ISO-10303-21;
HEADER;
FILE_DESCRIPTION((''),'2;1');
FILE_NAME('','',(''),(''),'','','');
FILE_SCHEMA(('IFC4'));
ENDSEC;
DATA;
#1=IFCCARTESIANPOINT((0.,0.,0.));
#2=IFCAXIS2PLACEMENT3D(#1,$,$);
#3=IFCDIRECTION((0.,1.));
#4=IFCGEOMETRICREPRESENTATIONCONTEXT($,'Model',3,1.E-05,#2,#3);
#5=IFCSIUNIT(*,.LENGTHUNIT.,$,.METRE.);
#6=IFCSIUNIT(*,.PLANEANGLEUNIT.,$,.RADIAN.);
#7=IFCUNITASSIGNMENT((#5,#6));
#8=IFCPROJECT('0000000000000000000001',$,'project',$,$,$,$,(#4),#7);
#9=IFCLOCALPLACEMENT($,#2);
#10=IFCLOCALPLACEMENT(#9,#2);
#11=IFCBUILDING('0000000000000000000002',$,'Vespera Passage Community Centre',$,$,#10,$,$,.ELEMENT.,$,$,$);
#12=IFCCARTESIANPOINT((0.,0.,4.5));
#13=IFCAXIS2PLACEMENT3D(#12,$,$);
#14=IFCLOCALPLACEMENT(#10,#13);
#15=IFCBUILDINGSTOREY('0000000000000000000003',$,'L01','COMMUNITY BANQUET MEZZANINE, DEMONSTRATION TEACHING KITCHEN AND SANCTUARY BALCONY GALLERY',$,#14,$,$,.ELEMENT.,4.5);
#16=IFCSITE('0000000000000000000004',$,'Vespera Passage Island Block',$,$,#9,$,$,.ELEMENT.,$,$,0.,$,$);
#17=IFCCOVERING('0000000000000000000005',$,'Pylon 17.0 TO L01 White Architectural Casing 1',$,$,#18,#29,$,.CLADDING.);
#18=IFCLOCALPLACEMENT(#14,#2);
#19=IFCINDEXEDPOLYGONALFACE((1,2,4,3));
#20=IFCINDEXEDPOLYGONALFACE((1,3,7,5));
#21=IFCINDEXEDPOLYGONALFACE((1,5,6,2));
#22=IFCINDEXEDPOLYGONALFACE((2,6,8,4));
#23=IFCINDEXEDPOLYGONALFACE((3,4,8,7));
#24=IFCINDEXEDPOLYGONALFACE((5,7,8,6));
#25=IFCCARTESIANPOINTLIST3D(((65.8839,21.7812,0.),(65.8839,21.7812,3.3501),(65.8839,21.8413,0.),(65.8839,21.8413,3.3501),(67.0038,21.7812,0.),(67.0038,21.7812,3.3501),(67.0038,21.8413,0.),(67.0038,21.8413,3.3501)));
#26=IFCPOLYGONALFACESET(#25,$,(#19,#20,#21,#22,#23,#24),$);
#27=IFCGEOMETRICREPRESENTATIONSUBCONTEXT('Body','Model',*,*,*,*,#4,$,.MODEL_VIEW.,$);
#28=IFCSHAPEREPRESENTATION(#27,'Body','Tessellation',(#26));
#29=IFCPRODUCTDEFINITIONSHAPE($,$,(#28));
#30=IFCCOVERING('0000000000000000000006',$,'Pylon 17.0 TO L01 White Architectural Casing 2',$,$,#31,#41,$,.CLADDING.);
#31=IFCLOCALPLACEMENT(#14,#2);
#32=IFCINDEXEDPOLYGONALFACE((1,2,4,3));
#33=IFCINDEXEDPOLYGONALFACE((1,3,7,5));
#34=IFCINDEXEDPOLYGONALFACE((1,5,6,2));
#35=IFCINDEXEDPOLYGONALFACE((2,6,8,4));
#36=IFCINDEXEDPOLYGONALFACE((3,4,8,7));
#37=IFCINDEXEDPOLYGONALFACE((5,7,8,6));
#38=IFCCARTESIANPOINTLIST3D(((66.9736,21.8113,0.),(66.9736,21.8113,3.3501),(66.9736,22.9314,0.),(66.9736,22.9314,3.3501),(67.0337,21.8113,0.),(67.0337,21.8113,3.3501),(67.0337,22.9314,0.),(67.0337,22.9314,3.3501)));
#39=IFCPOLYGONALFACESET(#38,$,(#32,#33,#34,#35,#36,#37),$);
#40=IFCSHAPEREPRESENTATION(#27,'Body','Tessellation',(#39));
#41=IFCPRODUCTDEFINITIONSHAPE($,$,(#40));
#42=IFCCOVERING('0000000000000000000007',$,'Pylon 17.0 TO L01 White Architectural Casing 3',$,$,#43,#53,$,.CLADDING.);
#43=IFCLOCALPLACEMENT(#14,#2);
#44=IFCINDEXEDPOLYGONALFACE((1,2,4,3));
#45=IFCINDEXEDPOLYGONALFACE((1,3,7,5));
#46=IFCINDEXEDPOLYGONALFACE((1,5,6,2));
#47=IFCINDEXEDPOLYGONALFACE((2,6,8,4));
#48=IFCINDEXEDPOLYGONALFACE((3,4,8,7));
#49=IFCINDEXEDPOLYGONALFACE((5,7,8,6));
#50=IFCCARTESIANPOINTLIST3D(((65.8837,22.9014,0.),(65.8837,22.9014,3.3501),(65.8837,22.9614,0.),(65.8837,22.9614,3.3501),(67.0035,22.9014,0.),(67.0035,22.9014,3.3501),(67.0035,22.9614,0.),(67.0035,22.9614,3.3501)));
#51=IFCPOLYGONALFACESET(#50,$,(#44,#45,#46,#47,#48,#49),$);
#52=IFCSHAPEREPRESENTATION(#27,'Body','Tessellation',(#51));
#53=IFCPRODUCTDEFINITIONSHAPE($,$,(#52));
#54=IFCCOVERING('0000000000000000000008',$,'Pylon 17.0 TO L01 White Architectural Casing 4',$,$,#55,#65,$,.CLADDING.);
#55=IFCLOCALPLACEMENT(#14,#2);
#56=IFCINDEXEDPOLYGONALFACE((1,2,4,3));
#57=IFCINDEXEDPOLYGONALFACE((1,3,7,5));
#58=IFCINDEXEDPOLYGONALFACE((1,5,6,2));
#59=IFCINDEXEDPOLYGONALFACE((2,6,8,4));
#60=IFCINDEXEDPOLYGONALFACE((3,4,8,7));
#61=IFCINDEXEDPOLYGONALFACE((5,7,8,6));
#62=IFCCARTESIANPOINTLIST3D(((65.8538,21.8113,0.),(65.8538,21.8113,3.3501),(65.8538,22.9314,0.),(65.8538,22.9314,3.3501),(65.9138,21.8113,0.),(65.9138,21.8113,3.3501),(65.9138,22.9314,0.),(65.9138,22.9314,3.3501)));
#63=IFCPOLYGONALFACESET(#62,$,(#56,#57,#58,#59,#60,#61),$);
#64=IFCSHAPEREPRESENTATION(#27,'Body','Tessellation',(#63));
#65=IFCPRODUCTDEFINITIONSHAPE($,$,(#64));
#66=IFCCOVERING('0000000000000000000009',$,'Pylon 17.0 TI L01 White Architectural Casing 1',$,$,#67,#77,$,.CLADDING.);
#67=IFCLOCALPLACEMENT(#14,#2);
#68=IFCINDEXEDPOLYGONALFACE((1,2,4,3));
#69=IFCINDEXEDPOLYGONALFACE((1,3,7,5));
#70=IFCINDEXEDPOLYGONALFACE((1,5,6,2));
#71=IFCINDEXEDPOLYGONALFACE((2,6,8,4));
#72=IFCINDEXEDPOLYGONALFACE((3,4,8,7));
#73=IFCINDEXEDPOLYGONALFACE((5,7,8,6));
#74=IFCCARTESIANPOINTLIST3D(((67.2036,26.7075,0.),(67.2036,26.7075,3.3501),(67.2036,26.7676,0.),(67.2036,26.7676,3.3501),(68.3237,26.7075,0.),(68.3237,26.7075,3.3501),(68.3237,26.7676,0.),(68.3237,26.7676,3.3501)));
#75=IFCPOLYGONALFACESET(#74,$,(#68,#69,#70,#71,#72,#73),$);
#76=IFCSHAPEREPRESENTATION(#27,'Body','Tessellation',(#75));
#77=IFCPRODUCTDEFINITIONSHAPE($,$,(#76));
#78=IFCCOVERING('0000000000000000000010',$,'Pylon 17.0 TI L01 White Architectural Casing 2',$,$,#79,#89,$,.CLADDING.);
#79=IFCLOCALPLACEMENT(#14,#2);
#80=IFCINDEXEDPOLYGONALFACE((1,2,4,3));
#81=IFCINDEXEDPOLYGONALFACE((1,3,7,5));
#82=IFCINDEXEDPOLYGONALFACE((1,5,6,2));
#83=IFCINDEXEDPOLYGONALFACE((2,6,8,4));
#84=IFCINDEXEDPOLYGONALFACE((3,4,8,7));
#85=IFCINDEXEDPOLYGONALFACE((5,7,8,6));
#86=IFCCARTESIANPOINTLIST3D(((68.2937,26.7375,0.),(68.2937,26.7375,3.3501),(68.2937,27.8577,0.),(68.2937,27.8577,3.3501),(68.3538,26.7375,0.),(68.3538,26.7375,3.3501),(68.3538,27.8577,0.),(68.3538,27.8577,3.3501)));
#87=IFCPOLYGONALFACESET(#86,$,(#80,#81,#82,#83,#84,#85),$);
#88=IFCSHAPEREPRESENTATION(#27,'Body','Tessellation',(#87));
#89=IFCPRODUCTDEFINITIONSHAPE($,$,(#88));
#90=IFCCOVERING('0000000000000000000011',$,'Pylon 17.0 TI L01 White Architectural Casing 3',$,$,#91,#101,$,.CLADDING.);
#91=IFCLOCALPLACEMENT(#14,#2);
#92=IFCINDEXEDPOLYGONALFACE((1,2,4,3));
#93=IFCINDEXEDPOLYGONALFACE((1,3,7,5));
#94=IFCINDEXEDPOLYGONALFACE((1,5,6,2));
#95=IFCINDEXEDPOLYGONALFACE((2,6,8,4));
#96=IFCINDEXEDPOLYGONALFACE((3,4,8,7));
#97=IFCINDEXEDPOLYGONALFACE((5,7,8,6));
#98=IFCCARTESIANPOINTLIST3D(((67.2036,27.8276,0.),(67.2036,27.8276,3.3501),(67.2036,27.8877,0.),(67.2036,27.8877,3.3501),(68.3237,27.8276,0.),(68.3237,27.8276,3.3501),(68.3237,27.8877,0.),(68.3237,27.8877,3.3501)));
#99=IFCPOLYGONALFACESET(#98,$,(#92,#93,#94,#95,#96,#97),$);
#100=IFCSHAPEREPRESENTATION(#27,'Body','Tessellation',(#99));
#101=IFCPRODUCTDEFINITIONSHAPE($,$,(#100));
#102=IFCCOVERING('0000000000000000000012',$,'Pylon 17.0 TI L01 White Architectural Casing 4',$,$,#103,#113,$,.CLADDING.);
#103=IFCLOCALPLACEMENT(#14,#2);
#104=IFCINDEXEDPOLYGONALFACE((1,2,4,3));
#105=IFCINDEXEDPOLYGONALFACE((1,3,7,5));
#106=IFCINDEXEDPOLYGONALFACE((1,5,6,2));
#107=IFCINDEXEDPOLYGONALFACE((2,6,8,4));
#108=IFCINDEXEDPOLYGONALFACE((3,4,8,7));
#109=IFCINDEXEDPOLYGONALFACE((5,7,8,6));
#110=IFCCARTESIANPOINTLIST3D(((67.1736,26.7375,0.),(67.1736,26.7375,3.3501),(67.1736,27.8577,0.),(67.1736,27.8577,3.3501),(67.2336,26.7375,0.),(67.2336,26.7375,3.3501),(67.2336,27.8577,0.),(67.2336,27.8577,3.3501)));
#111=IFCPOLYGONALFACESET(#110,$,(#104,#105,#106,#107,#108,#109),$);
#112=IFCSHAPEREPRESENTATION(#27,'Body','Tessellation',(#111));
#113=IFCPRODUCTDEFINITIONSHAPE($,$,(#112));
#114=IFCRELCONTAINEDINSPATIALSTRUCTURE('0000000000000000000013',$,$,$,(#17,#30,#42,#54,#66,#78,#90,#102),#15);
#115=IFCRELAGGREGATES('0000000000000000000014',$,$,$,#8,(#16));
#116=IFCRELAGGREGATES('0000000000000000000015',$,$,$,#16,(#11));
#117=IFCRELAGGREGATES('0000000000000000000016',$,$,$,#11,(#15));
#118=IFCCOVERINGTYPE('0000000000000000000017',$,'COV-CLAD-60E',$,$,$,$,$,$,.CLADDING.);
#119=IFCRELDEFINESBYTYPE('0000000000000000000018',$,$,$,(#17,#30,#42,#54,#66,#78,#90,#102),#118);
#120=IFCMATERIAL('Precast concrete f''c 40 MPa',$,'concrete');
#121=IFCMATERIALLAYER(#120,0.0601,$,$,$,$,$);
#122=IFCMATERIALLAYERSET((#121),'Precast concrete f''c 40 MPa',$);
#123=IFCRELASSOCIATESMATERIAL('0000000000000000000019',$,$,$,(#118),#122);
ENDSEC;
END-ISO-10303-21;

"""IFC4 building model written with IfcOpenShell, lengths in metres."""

from ifc_helpers import new_model, si_unit, direction, frame, frame_2d, origin, place, context, subcontext, project, spatial, rectangle, extrude, material, layer, layer_set, type_object, element, save


model = new_model("IFC4")

# Units and contexts
model_context = context("Model", 3, precision=1e-05, world=origin(), true_north=direction((0.0, 1.0)))
body_context = subcontext(model_context, "Body", "Model", "MODEL_VIEW")
ifc_project = project(units=[si_unit("LENGTHUNIT", "METRE"), si_unit("PLANEANGLEUNIT", "RADIAN")], contexts=[model_context])

# Site, building, storey
site_placement = place(None, origin())
site = spatial("IfcSite", under=ifc_project, at=site_placement, Name="Vespera Passage Island Block", CompositionType="ELEMENT", RefElevation=0.0)
building_placement = place(site_placement, origin())
building = spatial("IfcBuilding", under=site, at=building_placement, Name="Vespera Passage Community Centre", CompositionType="ELEMENT")
storey_placement = place(building_placement, frame((0.0, 0.0, 4.5)))
storey = spatial("IfcBuildingStorey", under=building, at=storey_placement, Name="L01", Description="COMMUNITY BANQUET MEZZANINE, DEMONSTRATION TEACHING KITCHEN AND SANCTUARY BALCONY GALLERY", CompositionType="ELEMENT", Elevation=4.5)

# Coverings
ifc_material_1 = material(Name="Precast concrete f'c 40 MPa", Category="concrete")
ifc_layer_1 = layer(ifc_material_1, 0.0601)
ifc_layer_set_1 = layer_set([ifc_layer_1], Name="Precast concrete f'c 40 MPa")
covering_type = type_object("IfcCoveringType", Name="COV-CLAD-60E", PredefinedType="CLADDING", material=ifc_layer_set_1)
covering_1_placement = place(storey_placement, frame((65.8838, 21.8113, 0.0), z_axis=(0.0, 0.0, 1.0), x_axis=(1.0, 0.0, 0.0)))
element("IfcCovering", 1, at=covering_1_placement, inside=storey, type_object=covering_type, Name="Pylon 17.0 TO L01 White Architectural Casing 1", PredefinedType="CLADDING", context=body_context, shape_type="SweptSolid", body=[
    extrude(rectangle(XDim=1.1199, YDim=0.0601, at=frame_2d((0.5601, 0.0))), origin(), (0.0, 0.0, 1.0), 3.3501),
])
covering_2_placement = place(storey_placement, frame((67.0037, 21.8113, 0.0), z_axis=(0.0, 0.0, 1.0), x_axis=(0.0, 1.0, 0.0)))
element("IfcCovering", 2, at=covering_2_placement, inside=storey, type_object=covering_type, Name="Pylon 17.0 TO L01 White Architectural Casing 2", PredefinedType="CLADDING", context=body_context, shape_type="SweptSolid", body=[
    extrude(rectangle(XDim=1.1201, YDim=0.0601, at=frame_2d((0.5601, 0.0))), origin(), (0.0, 0.0, 1.0), 3.3501),
])
covering_3_placement = place(storey_placement, frame((67.0037, 22.9314, 0.0), z_axis=(0.0, 0.0, 1.0), x_axis=(-1.0, 0.0, 0.0)))
element("IfcCovering", 3, at=covering_3_placement, inside=storey, type_object=covering_type, Name="Pylon 17.0 TO L01 White Architectural Casing 3", PredefinedType="CLADDING", context=body_context, shape_type="SweptSolid", body=[
    extrude(rectangle(XDim=1.1199, YDim=0.0601, at=frame_2d((0.5601, 0.0))), origin(), (0.0, 0.0, 1.0), 3.3501),
])
for number, where, z_axis, x_axis, name in (
    (4, (65.8838, 22.9314, 0.0), (0.0, 0.0, 1.0), (0.0, -1.0, 0.0), "Pylon 17.0 TO L01 White Architectural Casing 4"),
    (5, (67.2036, 26.7375, 0.0), (0.0, 0.0, 1.0), (1.0, 0.0, 0.0), "Pylon 17.0 TI L01 White Architectural Casing 1"),
    (6, (68.3237, 26.7375, 0.0), (0.0, 0.0, 1.0), (0.0, 1.0, 0.0), "Pylon 17.0 TI L01 White Architectural Casing 2"),
    (7, (68.3237, 27.8577, 0.0), (0.0, 0.0, 1.0), (-1.0, 0.0, 0.0), "Pylon 17.0 TI L01 White Architectural Casing 3"),
    (8, (67.2036, 27.8577, 0.0), (0.0, 0.0, 1.0), (0.0, -1.0, 0.0), "Pylon 17.0 TI L01 White Architectural Casing 4"),
):
    element("IfcCovering", number, at=place(storey_placement, frame(where, z_axis=z_axis, x_axis=x_axis)), inside=storey, type_object=covering_type, Name=name, PredefinedType="CLADDING", context=body_context, shape_type="SweptSolid", body=[
        extrude(rectangle(XDim=1.1201, YDim=0.0601, at=frame_2d((0.5601, 0.0))), origin(), (0.0, 0.0, 1.0), 3.3501),
    ])

save(model, "model.ifc")
